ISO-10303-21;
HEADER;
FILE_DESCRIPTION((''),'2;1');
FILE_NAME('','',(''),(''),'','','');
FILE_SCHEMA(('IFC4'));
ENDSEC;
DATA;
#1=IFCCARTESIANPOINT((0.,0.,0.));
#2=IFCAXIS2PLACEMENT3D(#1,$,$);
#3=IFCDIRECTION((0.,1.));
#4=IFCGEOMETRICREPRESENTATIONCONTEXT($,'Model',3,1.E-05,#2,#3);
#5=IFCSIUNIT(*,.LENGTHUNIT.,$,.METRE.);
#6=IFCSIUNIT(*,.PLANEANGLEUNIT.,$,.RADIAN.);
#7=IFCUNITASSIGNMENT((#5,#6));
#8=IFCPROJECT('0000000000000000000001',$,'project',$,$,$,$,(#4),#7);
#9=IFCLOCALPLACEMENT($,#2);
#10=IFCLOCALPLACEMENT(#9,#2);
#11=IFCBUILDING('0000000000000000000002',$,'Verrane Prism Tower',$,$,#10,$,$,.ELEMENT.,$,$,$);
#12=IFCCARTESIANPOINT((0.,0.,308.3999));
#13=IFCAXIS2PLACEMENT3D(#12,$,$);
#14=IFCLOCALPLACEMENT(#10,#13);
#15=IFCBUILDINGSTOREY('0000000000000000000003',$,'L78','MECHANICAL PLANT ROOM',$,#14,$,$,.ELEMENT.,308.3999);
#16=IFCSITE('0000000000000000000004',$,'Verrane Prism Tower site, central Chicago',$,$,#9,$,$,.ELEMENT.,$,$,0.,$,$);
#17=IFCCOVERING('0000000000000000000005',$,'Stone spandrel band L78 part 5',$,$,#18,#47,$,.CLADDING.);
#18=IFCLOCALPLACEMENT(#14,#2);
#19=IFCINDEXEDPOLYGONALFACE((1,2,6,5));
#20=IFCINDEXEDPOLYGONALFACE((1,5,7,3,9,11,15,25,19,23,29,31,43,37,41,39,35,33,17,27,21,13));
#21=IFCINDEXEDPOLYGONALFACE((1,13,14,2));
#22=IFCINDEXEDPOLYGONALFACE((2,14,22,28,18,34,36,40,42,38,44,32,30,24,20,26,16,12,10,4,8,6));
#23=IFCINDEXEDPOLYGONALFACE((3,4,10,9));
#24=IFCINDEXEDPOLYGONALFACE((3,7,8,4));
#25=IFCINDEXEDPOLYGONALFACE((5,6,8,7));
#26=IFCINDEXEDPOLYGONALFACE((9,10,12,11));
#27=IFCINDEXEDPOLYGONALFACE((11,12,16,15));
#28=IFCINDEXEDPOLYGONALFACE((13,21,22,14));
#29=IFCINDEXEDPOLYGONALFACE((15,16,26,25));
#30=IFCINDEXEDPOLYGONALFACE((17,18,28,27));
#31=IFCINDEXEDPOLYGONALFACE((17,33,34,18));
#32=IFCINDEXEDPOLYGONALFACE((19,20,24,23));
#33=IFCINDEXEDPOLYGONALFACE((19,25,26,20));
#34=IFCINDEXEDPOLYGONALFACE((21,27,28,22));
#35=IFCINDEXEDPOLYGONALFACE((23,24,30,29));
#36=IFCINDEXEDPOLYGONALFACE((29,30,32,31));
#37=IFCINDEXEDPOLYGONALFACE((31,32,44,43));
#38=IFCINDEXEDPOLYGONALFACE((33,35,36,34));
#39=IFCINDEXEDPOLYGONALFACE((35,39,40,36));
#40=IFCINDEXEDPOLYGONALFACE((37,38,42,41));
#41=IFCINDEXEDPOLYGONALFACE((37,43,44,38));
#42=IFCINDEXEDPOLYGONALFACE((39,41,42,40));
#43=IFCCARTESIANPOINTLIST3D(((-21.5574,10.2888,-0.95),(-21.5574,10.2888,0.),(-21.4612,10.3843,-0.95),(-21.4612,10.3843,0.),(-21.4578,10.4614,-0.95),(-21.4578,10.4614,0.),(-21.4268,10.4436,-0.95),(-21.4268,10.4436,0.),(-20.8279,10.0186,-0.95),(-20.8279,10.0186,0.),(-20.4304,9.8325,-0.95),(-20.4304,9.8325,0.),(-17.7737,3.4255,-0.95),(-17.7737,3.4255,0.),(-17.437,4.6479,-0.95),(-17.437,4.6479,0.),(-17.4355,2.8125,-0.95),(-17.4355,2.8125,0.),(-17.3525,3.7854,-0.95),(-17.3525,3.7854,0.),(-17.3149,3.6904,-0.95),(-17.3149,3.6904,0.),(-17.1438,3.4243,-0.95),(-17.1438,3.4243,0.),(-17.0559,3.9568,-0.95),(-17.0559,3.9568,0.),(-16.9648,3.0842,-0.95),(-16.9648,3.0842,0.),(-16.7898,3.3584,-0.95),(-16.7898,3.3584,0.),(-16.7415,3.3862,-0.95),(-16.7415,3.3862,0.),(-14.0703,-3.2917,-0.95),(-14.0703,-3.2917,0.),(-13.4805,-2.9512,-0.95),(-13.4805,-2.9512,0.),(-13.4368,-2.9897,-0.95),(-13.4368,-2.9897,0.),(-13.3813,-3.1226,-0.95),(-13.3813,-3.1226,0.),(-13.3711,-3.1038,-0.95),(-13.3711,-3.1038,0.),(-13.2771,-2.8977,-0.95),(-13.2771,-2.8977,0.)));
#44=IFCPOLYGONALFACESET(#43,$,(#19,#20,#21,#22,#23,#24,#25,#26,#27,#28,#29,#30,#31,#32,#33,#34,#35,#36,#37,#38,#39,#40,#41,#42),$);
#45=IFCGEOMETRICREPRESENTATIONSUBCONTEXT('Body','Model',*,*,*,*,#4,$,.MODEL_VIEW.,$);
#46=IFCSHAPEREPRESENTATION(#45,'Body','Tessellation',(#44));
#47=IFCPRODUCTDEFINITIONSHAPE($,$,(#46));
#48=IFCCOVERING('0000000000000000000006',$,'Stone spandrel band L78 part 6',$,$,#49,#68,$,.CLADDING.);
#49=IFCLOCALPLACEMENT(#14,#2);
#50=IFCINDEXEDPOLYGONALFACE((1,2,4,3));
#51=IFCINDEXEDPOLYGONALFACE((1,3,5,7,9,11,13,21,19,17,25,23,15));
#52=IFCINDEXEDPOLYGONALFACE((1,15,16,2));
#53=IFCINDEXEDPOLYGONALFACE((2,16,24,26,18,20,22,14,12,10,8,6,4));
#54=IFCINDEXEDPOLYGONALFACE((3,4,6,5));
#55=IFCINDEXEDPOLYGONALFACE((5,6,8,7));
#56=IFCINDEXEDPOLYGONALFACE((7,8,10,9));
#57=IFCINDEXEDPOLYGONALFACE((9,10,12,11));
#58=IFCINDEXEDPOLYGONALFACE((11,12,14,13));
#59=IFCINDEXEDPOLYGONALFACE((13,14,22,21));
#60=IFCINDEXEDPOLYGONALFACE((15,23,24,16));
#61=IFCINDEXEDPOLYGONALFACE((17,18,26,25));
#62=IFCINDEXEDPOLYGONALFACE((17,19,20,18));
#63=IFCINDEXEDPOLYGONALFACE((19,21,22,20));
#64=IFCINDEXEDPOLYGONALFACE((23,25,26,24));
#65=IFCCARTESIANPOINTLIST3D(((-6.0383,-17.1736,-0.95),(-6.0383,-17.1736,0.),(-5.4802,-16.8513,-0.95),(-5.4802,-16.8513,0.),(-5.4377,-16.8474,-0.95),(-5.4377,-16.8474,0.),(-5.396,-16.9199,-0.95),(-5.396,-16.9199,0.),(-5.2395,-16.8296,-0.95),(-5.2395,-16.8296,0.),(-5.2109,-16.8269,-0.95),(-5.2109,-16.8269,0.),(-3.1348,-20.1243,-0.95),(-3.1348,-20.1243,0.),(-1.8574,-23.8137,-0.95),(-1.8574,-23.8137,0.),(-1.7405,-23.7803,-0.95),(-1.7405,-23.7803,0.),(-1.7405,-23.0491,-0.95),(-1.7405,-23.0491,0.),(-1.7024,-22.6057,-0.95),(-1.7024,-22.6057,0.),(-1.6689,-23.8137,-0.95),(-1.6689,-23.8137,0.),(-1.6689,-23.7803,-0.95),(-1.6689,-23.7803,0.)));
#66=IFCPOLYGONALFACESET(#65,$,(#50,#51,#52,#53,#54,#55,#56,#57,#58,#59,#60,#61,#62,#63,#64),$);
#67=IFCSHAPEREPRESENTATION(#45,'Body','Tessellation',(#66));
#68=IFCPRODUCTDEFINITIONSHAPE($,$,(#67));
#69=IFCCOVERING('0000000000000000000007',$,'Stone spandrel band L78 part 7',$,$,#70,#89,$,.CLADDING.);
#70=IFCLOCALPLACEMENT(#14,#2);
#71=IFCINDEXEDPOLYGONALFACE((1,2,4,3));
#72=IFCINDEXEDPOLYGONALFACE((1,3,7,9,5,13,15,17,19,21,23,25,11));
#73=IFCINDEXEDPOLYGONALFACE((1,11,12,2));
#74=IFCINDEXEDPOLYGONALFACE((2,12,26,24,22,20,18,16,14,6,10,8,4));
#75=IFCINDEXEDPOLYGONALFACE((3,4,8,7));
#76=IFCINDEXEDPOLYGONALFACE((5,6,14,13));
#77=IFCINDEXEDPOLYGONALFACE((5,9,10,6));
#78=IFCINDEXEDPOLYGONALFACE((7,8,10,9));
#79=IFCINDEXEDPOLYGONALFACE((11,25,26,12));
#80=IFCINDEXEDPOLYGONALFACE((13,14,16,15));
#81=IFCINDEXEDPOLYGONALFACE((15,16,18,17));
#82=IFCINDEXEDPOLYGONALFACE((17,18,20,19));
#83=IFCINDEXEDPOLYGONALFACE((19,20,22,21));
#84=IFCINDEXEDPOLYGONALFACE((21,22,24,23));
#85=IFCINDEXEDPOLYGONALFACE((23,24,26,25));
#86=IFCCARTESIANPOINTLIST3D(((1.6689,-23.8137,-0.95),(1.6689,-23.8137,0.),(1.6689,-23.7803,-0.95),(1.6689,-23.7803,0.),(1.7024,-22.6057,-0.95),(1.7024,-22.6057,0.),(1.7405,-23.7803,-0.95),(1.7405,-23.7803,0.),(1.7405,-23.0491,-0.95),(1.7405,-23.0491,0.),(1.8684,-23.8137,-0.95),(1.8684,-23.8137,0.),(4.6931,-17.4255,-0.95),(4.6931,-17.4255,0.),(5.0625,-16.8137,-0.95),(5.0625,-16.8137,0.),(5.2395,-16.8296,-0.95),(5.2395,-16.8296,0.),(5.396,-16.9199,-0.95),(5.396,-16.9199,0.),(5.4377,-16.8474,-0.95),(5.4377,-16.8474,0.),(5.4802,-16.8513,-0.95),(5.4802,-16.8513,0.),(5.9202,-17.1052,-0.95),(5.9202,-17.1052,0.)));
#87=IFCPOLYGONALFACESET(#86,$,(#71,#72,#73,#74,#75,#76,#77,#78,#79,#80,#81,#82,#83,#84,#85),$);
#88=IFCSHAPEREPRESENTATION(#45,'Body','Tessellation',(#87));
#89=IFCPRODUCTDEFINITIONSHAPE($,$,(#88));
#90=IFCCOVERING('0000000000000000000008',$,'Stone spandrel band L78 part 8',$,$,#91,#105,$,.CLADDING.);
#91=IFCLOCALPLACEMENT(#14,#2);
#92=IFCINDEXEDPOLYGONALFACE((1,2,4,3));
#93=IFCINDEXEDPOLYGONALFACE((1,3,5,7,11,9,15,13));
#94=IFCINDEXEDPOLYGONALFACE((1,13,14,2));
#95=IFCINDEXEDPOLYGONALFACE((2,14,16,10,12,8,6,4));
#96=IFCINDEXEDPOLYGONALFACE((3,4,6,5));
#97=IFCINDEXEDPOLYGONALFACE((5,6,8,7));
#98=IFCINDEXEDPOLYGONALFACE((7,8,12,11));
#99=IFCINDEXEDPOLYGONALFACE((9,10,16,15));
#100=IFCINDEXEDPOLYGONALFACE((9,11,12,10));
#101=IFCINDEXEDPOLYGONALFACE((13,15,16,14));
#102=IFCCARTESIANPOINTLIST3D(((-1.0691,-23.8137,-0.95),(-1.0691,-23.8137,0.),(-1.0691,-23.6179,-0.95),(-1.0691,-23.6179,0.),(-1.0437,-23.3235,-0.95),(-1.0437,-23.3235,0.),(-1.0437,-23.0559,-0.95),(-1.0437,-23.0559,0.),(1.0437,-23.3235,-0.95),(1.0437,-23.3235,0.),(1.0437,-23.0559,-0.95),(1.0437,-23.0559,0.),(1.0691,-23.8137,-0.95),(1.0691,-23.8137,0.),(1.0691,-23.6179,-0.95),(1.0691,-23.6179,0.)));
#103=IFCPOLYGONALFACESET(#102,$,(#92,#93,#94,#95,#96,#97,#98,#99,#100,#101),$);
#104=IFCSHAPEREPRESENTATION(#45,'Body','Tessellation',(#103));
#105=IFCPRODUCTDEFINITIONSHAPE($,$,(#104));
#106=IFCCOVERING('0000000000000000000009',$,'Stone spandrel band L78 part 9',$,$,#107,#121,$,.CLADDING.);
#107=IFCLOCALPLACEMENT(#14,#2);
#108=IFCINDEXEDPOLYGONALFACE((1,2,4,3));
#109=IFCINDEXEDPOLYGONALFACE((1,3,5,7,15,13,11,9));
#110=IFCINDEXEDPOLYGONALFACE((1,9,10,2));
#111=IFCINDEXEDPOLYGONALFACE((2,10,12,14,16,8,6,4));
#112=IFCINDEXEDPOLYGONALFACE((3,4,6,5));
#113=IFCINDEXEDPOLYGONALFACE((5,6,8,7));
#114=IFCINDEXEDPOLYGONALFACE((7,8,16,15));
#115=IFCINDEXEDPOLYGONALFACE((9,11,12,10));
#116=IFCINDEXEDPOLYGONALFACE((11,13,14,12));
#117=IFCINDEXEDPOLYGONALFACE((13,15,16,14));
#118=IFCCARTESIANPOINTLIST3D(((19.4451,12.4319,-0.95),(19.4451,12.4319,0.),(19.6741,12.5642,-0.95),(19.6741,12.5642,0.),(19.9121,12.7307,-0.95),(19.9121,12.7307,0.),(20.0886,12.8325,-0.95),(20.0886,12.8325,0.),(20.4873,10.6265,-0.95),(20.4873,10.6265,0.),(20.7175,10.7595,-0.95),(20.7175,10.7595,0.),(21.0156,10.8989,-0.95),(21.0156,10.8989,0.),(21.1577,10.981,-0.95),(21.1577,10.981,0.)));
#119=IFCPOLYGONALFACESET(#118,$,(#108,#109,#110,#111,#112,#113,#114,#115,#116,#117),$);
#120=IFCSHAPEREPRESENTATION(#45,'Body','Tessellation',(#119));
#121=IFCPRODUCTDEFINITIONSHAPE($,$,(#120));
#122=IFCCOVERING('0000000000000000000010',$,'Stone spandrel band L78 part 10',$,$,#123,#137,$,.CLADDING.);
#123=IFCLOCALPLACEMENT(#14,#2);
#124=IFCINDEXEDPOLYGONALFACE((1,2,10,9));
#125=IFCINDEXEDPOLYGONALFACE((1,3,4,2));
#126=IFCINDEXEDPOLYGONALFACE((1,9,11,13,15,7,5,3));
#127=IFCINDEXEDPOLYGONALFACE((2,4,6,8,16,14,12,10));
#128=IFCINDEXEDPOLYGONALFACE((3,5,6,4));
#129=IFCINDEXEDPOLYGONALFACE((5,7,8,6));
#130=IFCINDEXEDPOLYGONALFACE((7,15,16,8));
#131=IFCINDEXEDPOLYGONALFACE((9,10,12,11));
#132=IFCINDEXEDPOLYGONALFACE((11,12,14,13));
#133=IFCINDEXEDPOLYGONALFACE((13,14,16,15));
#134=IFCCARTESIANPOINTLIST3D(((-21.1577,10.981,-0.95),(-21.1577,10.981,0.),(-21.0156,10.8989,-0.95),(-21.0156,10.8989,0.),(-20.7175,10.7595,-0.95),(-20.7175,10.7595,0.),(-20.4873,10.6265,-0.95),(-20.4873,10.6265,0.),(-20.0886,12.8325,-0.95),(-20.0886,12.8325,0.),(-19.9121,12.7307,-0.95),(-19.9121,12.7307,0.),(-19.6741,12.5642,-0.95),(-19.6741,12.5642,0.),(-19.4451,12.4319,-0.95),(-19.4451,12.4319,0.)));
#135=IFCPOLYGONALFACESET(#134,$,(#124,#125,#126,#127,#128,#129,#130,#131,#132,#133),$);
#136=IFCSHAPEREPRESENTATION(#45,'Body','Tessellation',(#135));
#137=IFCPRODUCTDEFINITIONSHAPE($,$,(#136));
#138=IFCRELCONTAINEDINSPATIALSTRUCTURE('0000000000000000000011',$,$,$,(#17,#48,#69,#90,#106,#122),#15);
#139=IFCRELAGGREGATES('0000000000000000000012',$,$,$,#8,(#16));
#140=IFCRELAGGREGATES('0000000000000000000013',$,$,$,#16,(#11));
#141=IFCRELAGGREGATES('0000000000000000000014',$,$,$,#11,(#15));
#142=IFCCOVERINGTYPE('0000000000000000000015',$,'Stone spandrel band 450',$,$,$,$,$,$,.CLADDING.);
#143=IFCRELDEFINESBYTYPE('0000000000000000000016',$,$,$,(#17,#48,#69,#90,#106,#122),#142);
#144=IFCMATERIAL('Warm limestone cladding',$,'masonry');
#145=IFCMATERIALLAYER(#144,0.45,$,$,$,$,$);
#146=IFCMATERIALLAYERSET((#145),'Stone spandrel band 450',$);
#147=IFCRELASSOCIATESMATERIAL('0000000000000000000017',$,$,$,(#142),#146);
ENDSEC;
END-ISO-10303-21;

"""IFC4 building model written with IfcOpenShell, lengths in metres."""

from ifc_helpers import new_model, si_unit, direction, frame, origin, place, context, subcontext, project, spatial, polyline, outline, extrude, material, layer, layer_set, type_object, element, save


model = new_model("IFC4")

# Units and contexts
model_context = context("Model", 3, precision=1e-05, world=origin(), true_north=direction((0.0, 1.0)))
body_context = subcontext(model_context, "Body", "Model", "MODEL_VIEW")
ifc_project = project(units=[si_unit("LENGTHUNIT", "METRE"), si_unit("PLANEANGLEUNIT", "RADIAN")], contexts=[model_context])

# Site, building, storey
site_placement = place(None, origin())
site = spatial("IfcSite", under=ifc_project, at=site_placement, Name="Verrane Prism Tower site, central Chicago", CompositionType="ELEMENT", RefElevation=0.0)
building_placement = place(site_placement, origin())
building = spatial("IfcBuilding", under=site, at=building_placement, Name="Verrane Prism Tower", CompositionType="ELEMENT")
storey_placement = place(building_placement, frame((0.0, 0.0, 308.3999)))
storey = spatial("IfcBuildingStorey", under=building, at=storey_placement, Name="L78", Description="MECHANICAL PLANT ROOM", CompositionType="ELEMENT", Elevation=308.3999)

# Coverings
ifc_material_1 = material(Name="Warm limestone cladding", Category="masonry")
ifc_layer_1 = layer(ifc_material_1, 0.45)
ifc_layer_set_1 = layer_set([ifc_layer_1], Name="Stone spandrel band 450")
covering_type_1 = type_object("IfcCoveringType", Name="Stone spandrel band 450", PredefinedType="CLADDING", material=ifc_layer_set_1)
covering_1_placement = place(storey_placement, frame((0.0, 0.0, -0.95)))
element("IfcCovering", 1, at=covering_1_placement, inside=storey, type_object=covering_type_1, Name="Stone spandrel band L78 part 5", PredefinedType="CLADDING", context=body_context, shape_type="SweptSolid", body=[
    extrude(outline(polyline([(-14.0703, -3.2917), (-13.4805, -2.9512), (-13.3813, -3.1226), (-13.3711, -3.1038), (-13.4368, -2.9897), (-13.2771, -2.8977), (-16.7415, 3.3862), (-16.7898, 3.3584), (-17.1438, 3.4243), (-17.3525, 3.7854), (-17.0559, 3.9568), (-17.437, 4.6479), (-20.4304, 9.8325), (-20.8279, 10.0186), (-21.4612, 10.3843), (-21.4268, 10.4436), (-21.4578, 10.4614), (-21.5574, 10.2888), (-17.7737, 3.4255), (-17.3149, 3.6904), (-16.9648, 3.0842), (-17.4355, 2.8125), (-14.0703, -3.2917)])), origin(), (0.0, 0.0, 1.0), 0.95),
])
covering_2_placement = place(storey_placement, frame((0.0, 0.0, -0.95)))
element("IfcCovering", 2, at=covering_2_placement, inside=storey, type_object=covering_type_1, Name="Stone spandrel band L78 part 6", PredefinedType="CLADDING", context=body_context, shape_type="SweptSolid", body=[
    extrude(outline(polyline([(-1.6689, -23.8137), (-1.6689, -23.7803), (-1.7405, -23.7803), (-1.7405, -23.0491), (-1.7024, -22.6057), (-3.1348, -20.1243), (-5.2109, -16.8269), (-5.2395, -16.8296), (-5.396, -16.9199), (-5.4377, -16.8474), (-5.4802, -16.8513), (-6.0383, -17.1736), (-1.8574, -23.8137), (-1.6689, -23.8137)])), origin(), (0.0, 0.0, 1.0), 0.95),
])
covering_3_placement = place(storey_placement, frame((0.0, 0.0, -0.95)))
element("IfcCovering", 3, at=covering_3_placement, inside=storey, type_object=covering_type_1, Name="Stone spandrel band L78 part 7", PredefinedType="CLADDING", context=body_context, shape_type="SweptSolid", body=[
    extrude(outline(polyline([(1.8684, -23.8137), (5.9202, -17.1052), (5.4802, -16.8513), (5.4377, -16.8474), (5.396, -16.9199), (5.2395, -16.8296), (5.0625, -16.8137), (4.6931, -17.4255), (1.7024, -22.6057), (1.7405, -23.0491), (1.7405, -23.7803), (1.6689, -23.7803), (1.6689, -23.8137), (1.8684, -23.8137)])), origin(), (0.0, 0.0, 1.0), 0.95),
])
covering_4_placement = place(storey_placement, frame((0.0, 0.0, -0.95)))
element("IfcCovering", 4, at=covering_4_placement, inside=storey, type_object=covering_type_1, Name="Stone spandrel band L78 part 8", PredefinedType="CLADDING", context=body_context, shape_type="SweptSolid", body=[
    extrude(outline(polyline([(1.0691, -23.8137), (1.0691, -23.6179), (1.0437, -23.3235), (1.0437, -23.0559), (-1.0437, -23.0559), (-1.0437, -23.3235), (-1.0691, -23.6179), (-1.0691, -23.8137), (1.0691, -23.8137)])), origin(), (0.0, 0.0, 1.0), 0.95),
])
covering_5_placement = place(storey_placement, frame((0.0, 0.0, -0.95)))
element("IfcCovering", 5, at=covering_5_placement, inside=storey, type_object=covering_type_1, Name="Stone spandrel band L78 part 9", PredefinedType="CLADDING", context=body_context, shape_type="SweptSolid", body=[
    extrude(outline(polyline([(20.0886, 12.8325), (19.9121, 12.7307), (19.6741, 12.5642), (19.4451, 12.4319), (20.4873, 10.6265), (20.7175, 10.7595), (21.0156, 10.8989), (21.1577, 10.981), (20.0886, 12.8325)])), origin(), (0.0, 0.0, 1.0), 0.95),
])
covering_6_placement = place(storey_placement, frame((0.0, 0.0, -0.95)))
element("IfcCovering", 6, at=covering_6_placement, inside=storey, type_object=covering_type_1, Name="Stone spandrel band L78 part 10", PredefinedType="CLADDING", context=body_context, shape_type="SweptSolid", body=[
    extrude(outline(polyline([(-21.1577, 10.981), (-21.0156, 10.8989), (-20.7175, 10.7595), (-20.4873, 10.6265), (-19.4451, 12.4319), (-19.6741, 12.5642), (-19.9121, 12.7307), (-20.0886, 12.8325), (-21.1577, 10.981)])), origin(), (0.0, 0.0, 1.0), 0.95),
])

save(model, "model.ifc")
